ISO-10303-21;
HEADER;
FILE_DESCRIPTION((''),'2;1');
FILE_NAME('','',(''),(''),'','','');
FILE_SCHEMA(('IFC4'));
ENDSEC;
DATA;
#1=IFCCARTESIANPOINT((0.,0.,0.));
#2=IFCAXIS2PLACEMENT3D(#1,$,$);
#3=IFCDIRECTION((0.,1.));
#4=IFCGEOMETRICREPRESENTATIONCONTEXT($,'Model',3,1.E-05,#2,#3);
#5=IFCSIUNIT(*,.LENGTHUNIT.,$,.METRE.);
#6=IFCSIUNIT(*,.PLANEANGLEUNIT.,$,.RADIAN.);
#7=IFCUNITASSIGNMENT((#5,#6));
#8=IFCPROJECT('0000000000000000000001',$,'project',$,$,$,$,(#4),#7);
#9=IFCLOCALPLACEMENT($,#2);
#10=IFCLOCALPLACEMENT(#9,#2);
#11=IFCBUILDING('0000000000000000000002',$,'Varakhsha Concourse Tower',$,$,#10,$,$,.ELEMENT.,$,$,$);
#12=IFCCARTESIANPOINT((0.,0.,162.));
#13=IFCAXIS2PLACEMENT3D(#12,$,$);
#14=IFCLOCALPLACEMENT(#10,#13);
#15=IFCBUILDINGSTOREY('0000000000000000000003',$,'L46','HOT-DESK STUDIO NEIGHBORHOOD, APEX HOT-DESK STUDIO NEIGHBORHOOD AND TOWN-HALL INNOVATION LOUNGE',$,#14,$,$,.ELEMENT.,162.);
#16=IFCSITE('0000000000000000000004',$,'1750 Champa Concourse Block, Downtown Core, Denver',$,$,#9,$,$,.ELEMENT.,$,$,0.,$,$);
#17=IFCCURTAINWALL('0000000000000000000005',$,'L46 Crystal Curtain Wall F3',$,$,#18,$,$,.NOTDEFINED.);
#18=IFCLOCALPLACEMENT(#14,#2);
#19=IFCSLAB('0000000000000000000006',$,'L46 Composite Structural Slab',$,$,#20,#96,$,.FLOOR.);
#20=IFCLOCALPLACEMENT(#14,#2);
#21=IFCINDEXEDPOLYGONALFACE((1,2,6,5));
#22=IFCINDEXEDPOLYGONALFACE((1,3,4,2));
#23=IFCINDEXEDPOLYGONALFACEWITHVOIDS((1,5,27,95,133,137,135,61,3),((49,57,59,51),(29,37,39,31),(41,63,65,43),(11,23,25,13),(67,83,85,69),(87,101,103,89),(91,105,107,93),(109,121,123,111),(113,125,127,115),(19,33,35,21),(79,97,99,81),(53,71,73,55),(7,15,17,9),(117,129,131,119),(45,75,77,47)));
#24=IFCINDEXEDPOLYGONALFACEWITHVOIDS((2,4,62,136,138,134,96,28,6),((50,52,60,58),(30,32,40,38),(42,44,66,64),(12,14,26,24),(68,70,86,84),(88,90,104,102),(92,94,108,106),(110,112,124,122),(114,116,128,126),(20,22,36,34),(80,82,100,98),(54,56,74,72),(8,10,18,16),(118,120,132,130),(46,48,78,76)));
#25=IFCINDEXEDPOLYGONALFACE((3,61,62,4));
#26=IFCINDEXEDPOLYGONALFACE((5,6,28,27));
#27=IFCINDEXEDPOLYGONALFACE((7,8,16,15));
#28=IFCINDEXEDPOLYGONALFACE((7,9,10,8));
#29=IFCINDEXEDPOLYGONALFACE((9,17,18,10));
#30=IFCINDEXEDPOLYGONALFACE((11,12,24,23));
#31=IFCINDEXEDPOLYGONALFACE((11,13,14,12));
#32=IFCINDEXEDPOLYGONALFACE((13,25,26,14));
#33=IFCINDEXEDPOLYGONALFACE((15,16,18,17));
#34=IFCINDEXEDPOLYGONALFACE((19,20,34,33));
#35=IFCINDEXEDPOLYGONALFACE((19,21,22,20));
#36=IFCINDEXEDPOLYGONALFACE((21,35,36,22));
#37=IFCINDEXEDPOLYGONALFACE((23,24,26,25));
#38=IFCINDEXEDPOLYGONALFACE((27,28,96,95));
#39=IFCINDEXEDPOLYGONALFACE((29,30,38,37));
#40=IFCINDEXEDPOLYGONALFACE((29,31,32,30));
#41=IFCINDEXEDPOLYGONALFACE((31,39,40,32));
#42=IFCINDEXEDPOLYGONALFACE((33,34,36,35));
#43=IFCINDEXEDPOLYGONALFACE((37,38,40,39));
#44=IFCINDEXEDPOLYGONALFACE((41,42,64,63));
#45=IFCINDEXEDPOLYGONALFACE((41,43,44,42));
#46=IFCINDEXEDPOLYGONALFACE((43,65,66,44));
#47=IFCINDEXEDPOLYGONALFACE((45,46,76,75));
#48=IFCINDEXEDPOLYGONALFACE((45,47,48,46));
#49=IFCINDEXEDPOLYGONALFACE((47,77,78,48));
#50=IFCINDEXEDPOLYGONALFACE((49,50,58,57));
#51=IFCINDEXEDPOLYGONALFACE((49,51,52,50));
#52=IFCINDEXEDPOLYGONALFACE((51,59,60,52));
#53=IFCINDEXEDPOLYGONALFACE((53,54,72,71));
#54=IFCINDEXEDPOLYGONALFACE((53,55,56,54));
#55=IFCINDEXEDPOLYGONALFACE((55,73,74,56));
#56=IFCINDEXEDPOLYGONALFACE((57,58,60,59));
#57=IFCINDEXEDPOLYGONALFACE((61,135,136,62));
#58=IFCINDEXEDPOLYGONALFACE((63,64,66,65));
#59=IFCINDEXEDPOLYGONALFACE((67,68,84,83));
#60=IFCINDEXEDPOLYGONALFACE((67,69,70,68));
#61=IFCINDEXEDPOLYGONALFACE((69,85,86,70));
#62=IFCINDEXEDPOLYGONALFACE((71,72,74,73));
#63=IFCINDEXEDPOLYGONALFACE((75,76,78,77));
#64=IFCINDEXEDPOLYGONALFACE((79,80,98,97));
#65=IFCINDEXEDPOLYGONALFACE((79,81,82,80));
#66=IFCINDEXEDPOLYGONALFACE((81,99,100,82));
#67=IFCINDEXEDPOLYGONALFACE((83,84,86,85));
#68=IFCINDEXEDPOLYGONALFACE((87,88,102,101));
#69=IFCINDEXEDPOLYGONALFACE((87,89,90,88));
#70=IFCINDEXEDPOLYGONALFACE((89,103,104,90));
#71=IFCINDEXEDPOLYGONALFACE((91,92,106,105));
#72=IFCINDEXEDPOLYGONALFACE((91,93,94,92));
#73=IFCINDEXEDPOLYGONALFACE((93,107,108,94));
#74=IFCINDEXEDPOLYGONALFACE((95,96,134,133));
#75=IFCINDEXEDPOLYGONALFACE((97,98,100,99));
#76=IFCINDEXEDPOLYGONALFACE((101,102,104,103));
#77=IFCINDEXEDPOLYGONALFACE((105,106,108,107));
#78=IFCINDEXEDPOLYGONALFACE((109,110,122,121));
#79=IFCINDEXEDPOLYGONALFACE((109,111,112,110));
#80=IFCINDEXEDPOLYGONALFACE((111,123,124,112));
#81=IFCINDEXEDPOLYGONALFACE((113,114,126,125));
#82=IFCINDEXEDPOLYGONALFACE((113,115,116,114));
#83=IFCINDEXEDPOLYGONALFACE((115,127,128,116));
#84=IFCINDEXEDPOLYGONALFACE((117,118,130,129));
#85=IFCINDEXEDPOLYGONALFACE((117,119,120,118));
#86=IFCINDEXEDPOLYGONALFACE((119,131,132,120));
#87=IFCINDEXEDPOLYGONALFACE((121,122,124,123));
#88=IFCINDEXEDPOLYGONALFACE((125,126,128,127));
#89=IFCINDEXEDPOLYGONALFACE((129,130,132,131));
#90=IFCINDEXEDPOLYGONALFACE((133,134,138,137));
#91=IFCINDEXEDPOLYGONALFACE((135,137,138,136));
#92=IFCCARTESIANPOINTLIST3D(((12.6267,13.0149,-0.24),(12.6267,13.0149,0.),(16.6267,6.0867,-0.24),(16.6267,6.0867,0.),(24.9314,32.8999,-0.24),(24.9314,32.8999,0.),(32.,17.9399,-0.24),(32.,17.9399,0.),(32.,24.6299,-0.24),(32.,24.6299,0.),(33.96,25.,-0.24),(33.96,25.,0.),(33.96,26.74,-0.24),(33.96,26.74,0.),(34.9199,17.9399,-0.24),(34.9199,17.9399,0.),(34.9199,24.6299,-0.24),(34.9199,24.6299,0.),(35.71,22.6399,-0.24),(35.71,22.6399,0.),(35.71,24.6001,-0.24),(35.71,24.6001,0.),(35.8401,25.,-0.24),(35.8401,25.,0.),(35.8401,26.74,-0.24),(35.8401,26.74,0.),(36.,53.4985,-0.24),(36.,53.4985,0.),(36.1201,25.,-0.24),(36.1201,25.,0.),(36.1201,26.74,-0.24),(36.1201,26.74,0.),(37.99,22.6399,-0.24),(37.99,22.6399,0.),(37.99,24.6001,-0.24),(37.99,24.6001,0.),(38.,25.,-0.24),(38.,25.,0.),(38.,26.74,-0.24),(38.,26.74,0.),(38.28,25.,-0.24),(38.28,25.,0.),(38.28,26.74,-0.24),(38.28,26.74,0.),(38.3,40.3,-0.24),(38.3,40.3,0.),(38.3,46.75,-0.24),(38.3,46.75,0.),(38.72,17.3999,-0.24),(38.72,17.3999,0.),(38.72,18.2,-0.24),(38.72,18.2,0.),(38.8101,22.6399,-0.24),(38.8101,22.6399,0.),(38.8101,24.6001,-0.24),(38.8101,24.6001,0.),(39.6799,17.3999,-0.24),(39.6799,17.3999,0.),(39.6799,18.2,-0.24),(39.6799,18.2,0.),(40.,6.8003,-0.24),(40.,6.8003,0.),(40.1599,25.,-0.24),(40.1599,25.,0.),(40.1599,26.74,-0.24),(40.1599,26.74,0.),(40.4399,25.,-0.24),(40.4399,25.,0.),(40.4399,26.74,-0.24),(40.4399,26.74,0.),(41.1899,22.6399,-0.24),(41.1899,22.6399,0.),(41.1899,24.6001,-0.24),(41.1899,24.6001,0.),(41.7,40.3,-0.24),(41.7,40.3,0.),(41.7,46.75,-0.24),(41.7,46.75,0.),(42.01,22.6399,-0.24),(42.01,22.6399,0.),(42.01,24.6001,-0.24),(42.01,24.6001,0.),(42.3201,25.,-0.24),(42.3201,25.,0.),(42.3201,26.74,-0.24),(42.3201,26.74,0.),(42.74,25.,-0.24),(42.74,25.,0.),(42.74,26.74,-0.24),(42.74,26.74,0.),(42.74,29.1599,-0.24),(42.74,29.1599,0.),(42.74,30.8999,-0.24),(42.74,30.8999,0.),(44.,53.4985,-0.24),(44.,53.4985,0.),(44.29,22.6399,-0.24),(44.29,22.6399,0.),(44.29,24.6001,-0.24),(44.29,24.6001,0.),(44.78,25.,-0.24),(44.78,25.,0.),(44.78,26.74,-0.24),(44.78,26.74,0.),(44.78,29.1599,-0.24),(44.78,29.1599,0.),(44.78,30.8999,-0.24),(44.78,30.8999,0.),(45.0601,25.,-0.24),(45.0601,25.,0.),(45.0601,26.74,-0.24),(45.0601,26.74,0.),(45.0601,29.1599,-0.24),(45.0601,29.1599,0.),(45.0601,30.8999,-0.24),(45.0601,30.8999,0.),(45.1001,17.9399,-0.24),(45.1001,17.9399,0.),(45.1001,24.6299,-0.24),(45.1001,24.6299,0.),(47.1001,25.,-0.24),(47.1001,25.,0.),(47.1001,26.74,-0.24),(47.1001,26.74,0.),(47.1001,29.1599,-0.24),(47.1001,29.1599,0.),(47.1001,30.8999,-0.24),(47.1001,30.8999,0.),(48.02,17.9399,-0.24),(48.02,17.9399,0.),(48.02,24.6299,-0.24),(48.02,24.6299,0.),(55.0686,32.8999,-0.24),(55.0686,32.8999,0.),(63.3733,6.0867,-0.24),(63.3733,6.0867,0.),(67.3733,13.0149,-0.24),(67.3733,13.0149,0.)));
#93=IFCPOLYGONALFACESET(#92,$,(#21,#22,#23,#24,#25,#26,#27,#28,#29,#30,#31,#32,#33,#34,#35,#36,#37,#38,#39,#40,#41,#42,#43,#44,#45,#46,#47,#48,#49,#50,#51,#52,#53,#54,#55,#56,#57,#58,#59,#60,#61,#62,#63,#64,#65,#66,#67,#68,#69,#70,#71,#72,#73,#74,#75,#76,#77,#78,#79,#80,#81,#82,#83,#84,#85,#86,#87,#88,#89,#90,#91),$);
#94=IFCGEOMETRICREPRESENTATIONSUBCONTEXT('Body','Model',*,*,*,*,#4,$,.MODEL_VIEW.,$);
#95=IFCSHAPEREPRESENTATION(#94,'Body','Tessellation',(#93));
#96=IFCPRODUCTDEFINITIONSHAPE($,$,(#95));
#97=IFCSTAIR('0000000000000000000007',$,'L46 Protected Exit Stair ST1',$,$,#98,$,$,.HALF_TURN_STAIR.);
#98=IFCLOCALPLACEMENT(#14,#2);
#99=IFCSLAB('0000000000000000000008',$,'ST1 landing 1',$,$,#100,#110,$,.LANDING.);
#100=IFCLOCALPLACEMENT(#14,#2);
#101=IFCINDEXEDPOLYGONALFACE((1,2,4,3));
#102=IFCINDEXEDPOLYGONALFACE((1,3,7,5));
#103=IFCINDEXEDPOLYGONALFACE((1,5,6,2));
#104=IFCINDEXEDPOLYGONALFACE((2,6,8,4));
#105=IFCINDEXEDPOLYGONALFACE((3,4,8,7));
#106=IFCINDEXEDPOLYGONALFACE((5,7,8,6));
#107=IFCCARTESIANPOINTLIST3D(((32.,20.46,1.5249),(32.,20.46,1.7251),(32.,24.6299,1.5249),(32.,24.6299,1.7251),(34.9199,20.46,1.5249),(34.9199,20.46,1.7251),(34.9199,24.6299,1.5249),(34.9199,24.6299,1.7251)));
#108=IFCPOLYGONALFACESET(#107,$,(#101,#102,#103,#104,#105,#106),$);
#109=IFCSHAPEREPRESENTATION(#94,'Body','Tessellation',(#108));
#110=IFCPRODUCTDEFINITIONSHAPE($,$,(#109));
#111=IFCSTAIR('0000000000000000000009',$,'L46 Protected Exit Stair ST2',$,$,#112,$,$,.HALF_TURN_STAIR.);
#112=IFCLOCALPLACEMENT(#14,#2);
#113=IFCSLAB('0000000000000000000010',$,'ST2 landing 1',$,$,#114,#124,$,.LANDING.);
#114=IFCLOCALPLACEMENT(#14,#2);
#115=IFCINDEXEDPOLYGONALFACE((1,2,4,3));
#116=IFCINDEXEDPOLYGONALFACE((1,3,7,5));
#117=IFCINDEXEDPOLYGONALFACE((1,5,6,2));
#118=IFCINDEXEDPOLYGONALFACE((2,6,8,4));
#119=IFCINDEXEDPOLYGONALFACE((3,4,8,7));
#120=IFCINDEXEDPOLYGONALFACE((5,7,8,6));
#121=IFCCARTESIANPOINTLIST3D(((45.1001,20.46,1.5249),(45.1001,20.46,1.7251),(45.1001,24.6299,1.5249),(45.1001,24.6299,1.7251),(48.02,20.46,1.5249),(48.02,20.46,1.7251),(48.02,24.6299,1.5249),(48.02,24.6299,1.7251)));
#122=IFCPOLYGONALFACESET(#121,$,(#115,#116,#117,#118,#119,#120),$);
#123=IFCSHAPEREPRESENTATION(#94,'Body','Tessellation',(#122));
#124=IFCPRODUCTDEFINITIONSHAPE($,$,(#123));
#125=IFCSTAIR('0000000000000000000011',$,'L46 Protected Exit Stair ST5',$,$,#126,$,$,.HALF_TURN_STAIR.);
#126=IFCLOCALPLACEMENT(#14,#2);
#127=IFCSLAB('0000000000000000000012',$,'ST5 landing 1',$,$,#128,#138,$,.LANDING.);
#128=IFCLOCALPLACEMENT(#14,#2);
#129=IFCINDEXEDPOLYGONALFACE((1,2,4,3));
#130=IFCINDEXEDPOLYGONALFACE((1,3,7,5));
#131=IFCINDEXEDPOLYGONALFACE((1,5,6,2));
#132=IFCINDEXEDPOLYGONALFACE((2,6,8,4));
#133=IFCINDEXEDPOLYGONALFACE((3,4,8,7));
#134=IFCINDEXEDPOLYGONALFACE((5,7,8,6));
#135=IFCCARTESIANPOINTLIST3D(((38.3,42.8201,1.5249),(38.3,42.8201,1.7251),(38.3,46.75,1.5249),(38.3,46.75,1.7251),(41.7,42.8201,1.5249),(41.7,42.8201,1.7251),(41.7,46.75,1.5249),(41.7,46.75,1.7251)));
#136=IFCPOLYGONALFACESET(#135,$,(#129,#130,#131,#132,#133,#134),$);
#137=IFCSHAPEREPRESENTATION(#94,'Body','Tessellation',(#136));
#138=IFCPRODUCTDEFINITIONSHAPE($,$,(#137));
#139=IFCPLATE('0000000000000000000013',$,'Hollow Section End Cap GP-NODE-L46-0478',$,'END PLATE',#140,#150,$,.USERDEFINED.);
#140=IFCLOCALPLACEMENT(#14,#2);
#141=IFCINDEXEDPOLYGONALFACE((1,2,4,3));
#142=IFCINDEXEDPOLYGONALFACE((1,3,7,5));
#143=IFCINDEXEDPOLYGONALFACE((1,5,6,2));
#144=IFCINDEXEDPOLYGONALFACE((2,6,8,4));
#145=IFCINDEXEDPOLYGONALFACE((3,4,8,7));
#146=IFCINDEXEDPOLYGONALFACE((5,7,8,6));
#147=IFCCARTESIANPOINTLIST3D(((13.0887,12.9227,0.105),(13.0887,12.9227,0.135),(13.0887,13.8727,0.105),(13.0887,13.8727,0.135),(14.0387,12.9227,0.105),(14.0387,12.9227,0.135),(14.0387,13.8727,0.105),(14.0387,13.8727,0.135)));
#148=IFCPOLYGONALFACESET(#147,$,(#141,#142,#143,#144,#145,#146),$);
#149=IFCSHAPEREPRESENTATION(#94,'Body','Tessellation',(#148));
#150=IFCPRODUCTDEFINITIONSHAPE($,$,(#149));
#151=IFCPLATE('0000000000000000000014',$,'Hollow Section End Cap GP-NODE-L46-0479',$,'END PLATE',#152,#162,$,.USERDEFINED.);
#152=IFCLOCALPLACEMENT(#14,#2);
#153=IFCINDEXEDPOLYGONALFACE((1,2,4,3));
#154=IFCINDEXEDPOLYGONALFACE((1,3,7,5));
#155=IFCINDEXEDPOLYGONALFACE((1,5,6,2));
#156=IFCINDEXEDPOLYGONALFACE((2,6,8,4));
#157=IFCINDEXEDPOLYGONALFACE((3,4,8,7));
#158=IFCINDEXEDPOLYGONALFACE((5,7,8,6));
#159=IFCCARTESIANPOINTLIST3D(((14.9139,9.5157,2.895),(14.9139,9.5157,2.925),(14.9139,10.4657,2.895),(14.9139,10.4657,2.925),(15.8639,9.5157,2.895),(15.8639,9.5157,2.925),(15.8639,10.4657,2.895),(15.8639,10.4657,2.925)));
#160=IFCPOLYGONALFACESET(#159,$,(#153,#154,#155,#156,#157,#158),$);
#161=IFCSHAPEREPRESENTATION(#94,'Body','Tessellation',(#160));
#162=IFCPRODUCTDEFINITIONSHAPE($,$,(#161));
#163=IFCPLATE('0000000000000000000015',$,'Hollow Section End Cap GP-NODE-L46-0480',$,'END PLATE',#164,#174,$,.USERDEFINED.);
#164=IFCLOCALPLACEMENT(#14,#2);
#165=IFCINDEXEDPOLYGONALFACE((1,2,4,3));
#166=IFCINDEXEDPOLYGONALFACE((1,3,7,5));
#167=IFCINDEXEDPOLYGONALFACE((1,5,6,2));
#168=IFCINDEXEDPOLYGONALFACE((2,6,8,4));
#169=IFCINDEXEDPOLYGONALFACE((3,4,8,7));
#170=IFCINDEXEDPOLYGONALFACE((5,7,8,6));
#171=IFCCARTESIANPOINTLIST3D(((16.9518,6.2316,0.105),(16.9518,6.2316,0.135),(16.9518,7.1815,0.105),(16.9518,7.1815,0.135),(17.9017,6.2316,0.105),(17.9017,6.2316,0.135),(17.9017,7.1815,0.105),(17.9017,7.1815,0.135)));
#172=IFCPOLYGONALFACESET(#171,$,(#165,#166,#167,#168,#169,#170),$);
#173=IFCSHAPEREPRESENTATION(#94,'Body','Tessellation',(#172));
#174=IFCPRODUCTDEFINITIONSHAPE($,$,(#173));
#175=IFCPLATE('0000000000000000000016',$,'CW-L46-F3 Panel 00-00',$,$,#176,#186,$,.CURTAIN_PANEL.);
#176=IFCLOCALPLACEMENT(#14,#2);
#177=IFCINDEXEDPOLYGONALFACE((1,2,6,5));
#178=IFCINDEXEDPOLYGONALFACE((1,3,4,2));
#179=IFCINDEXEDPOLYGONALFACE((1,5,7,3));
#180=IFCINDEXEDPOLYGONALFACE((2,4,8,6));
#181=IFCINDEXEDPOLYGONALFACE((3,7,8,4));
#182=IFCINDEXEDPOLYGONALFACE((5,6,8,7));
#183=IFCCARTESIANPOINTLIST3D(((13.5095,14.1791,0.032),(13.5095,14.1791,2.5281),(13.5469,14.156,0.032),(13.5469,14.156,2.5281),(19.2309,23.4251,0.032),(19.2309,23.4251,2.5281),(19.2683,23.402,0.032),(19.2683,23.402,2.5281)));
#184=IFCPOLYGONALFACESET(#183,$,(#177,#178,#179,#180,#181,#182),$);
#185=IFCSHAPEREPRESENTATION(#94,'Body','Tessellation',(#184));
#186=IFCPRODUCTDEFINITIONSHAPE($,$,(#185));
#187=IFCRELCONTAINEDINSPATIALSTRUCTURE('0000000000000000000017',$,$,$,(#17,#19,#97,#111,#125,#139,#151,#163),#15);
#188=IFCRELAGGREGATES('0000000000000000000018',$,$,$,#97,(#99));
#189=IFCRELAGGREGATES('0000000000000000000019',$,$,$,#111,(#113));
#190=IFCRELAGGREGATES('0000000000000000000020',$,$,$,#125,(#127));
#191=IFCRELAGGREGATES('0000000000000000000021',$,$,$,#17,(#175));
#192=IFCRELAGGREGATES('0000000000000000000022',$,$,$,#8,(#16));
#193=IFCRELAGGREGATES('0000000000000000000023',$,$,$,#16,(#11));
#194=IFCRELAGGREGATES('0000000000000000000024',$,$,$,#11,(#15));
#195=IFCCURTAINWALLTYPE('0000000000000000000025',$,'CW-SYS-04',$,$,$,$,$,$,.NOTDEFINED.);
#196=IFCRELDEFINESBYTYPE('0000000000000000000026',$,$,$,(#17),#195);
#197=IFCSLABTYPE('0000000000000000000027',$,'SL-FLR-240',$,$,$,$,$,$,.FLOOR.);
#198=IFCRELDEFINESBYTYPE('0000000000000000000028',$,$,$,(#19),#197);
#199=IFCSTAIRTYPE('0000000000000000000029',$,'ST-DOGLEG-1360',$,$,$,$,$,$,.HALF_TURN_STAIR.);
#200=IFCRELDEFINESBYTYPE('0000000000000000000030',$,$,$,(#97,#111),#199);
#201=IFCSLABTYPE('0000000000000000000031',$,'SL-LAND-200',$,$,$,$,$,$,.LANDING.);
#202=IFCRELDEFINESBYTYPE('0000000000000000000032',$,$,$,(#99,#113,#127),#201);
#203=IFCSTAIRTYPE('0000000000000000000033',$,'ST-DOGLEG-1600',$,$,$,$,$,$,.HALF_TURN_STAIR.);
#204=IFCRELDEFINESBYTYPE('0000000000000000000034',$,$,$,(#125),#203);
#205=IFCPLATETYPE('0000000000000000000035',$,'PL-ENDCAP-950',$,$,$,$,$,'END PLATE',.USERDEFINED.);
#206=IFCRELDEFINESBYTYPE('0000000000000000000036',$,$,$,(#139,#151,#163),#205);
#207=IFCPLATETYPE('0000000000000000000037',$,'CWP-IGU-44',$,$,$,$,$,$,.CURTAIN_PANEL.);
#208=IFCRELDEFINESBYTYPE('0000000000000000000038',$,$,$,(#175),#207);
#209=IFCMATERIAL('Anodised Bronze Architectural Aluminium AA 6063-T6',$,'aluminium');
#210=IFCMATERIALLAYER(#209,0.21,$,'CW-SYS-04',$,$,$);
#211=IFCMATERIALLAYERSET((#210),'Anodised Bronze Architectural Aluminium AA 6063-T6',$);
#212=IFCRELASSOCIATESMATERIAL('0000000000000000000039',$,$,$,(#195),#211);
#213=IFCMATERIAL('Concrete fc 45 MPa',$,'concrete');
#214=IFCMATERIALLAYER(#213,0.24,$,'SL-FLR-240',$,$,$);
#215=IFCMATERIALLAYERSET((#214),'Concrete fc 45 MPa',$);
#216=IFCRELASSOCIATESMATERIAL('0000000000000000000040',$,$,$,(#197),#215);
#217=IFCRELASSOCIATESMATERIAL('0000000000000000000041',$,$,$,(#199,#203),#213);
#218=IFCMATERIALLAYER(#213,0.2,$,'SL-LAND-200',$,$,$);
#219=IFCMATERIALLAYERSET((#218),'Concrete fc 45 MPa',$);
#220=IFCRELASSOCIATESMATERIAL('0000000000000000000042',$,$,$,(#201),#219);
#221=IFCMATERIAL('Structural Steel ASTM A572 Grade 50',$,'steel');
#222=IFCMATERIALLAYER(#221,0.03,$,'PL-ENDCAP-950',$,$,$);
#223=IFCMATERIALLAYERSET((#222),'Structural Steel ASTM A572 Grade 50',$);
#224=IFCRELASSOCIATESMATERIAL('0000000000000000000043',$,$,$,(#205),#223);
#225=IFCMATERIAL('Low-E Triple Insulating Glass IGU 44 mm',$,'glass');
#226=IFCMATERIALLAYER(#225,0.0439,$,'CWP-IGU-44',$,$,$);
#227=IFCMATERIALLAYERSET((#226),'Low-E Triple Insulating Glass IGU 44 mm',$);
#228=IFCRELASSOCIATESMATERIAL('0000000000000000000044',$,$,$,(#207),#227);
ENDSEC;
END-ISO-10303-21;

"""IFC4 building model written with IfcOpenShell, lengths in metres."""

from ifc_helpers import new_model, si_unit, direction, frame, origin, origin_2d, place, context, subcontext, project, spatial, polyline, rectangle, outline, extrude, source, transform, mapped, material, layer, layer_set, type_object, type_shapes, element, aggregate, save


model = new_model("IFC4")

# Units and contexts
model_context = context("Model", 3, precision=1e-05, world=origin(), true_north=direction((0.0, 1.0)))
body_context = subcontext(model_context, "Body", "Model", "MODEL_VIEW")
ifc_project = project(units=[si_unit("LENGTHUNIT", "METRE"), si_unit("PLANEANGLEUNIT", "RADIAN")], contexts=[model_context])

# Site, building, storey
site_placement = place(None, origin())
site = spatial("IfcSite", under=ifc_project, at=site_placement, Name="1750 Champa Concourse Block, Downtown Core, Denver", CompositionType="ELEMENT", RefElevation=0.0)
building_placement = place(site_placement, origin())
building = spatial("IfcBuilding", under=site, at=building_placement, Name="Varakhsha Concourse Tower", CompositionType="ELEMENT")
storey_placement = place(building_placement, frame((0.0, 0.0, 162.0)))
storey = spatial("IfcBuildingStorey", under=building, at=storey_placement, Name="L46", Description="HOT-DESK STUDIO NEIGHBORHOOD, APEX HOT-DESK STUDIO NEIGHBORHOOD AND TOWN-HALL INNOVATION LOUNGE", CompositionType="ELEMENT", Elevation=162.0)

# Shared definitions
ifc_material_1 = material(Name="Structural Steel ASTM A572 Grade 50", Category="steel")

# Curtain wall
ifc_material_2 = material(Name="Anodised Bronze Architectural Aluminium AA 6063-T6", Category="aluminium")
ifc_layer_1 = layer(ifc_material_2, 0.21, Name="CW-SYS-04")
ifc_layer_set_1 = layer_set([ifc_layer_1], Name="Anodised Bronze Architectural Aluminium AA 6063-T6")
curtain_wall_type = type_object("IfcCurtainWallType", Name="CW-SYS-04", PredefinedType="NOTDEFINED", material=ifc_layer_set_1)
curtain_wall_1_placement = place(storey_placement, origin())
curtain_wall_1 = element("IfcCurtainWall", 1, at=curtain_wall_1_placement, inside=storey, type_object=curtain_wall_type, Name="L46 Crystal Curtain Wall F3", PredefinedType="NOTDEFINED")

# Slab
ifc_material_3 = material(Name="Concrete fc 45 MPa", Category="concrete")
ifc_layer_2 = layer(ifc_material_3, 0.24, Name="SL-FLR-240")
ifc_layer_set_2 = layer_set([ifc_layer_2], Name="Concrete fc 45 MPa")
slab_type_1 = type_object("IfcSlabType", Name="SL-FLR-240", PredefinedType="FLOOR", material=ifc_layer_set_2)
slab_1_placement = place(storey_placement, frame((0.0, 0.0, -0.24)))
element("IfcSlab", 2, at=slab_1_placement, inside=storey, type_object=slab_type_1, Name="L46 Composite Structural Slab", PredefinedType="FLOOR", context=body_context, shape_type="SweptSolid", body=[
    extrude(outline(polyline([(44.0, 53.4985), (36.0, 53.4985), (24.9314, 32.8999), (12.6267, 13.0149), (16.6267, 6.0867), (40.0, 6.8003), (63.3733, 6.0867), (67.3733, 13.0149), (55.0686, 32.8999), (44.0, 53.4985)]), holes=[polyline([(34.9199, 17.9399), (34.9199, 24.6299), (32.0, 24.6299), (32.0, 17.9399), (34.9199, 17.9399)]), polyline([(48.02, 17.9399), (48.02, 24.6299), (45.1001, 24.6299), (45.1001, 17.9399), (48.02, 17.9399)]), polyline([(41.7, 40.3), (41.7, 46.75), (38.3, 46.75), (38.3, 40.3), (41.7, 40.3)]), polyline([(33.96, 25.0), (35.8401, 25.0), (35.8401, 26.74), (33.96, 26.74), (33.96, 25.0)]), polyline([(36.1201, 25.0), (38.0, 25.0), (38.0, 26.74), (36.1201, 26.74), (36.1201, 25.0)]), polyline([(38.28, 25.0), (40.1599, 25.0), (40.1599, 26.74), (38.28, 26.74), (38.28, 25.0)]), polyline([(40.4399, 25.0), (42.3201, 25.0), (42.3201, 26.74), (40.4399, 26.74), (40.4399, 25.0)]), polyline([(42.74, 29.1599), (44.78, 29.1599), (44.78, 30.8999), (42.74, 30.8999), (42.74, 29.1599)]), polyline([(45.0601, 29.1599), (47.1001, 29.1599), (47.1001, 30.8999), (45.0601, 30.8999), (45.0601, 29.1599)]), polyline([(42.74, 25.0), (44.78, 25.0), (44.78, 26.74), (42.74, 26.74), (42.74, 25.0)]), polyline([(45.0601, 25.0), (47.1001, 25.0), (47.1001, 26.74), (45.0601, 26.74), (45.0601, 25.0)]), polyline([(35.71, 22.6399), (37.99, 22.6399), (37.99, 24.6001), (35.71, 24.6001), (35.71, 22.6399)]), polyline([(42.01, 22.6399), (44.29, 22.6399), (44.29, 24.6001), (42.01, 24.6001), (42.01, 22.6399)]), polyline([(38.8101, 22.6399), (41.1899, 22.6399), (41.1899, 24.6001), (38.8101, 24.6001), (38.8101, 22.6399)]), polyline([(38.72, 17.3999), (39.6799, 17.3999), (39.6799, 18.2), (38.72, 18.2), (38.72, 17.3999)])]), origin(), (0.0, 0.0, 1.0), 0.24),
])

# Stairs, slabs
stair_type_1 = type_object("IfcStairType", Name="ST-DOGLEG-1360", PredefinedType="HALF_TURN_STAIR", material=ifc_material_3)
stair_1_placement = place(storey_placement, origin())
stair_1 = element("IfcStair", 3, at=stair_1_placement, inside=storey, type_object=stair_type_1, Name="L46 Protected Exit Stair ST1", PredefinedType="HALF_TURN_STAIR")
ifc_layer_3 = layer(ifc_material_3, 0.2, Name="SL-LAND-200")
ifc_layer_set_3 = layer_set([ifc_layer_3], Name="Concrete fc 45 MPa")
slab_type_2 = type_object("IfcSlabType", Name="SL-LAND-200", PredefinedType="LANDING", material=ifc_layer_set_3)
slab_2_placement = place(storey_placement, frame((0.0, 0.0, 1.5249)))
slab_2 = element("IfcSlab", 4, at=slab_2_placement, type_object=slab_type_2, Name="ST1 landing 1", PredefinedType="LANDING", context=body_context, shape_type="SweptSolid", body=[
    extrude(outline(polyline([(34.9199, 20.46), (34.9199, 24.6299), (32.0, 24.6299), (32.0, 20.46), (34.9199, 20.46)])), origin(), (0.0, 0.0, 1.0), 0.2002),
])
aggregate(stair_1, [slab_2])
stair_2_placement = place(storey_placement, origin())
stair_2 = element("IfcStair", 5, at=stair_2_placement, inside=storey, type_object=stair_type_1, Name="L46 Protected Exit Stair ST2", PredefinedType="HALF_TURN_STAIR")
slab_3_placement = place(storey_placement, frame((0.0, 0.0, 1.5249)))
slab_3 = element("IfcSlab", 6, at=slab_3_placement, type_object=slab_type_2, Name="ST2 landing 1", PredefinedType="LANDING", context=body_context, shape_type="SweptSolid", body=[
    extrude(outline(polyline([(48.02, 20.46), (48.02, 24.6299), (45.1001, 24.6299), (45.1001, 20.46), (48.02, 20.46)])), origin(), (0.0, 0.0, 1.0), 0.2002),
])
aggregate(stair_2, [slab_3])
stair_type_2 = type_object("IfcStairType", Name="ST-DOGLEG-1600", PredefinedType="HALF_TURN_STAIR", material=ifc_material_3)
stair_3_placement = place(storey_placement, origin())
stair_3 = element("IfcStair", 7, at=stair_3_placement, inside=storey, type_object=stair_type_2, Name="L46 Protected Exit Stair ST5", PredefinedType="HALF_TURN_STAIR")
slab_4_placement = place(storey_placement, frame((0.0, 0.0, 1.5249)))
slab_4 = element("IfcSlab", 8, at=slab_4_placement, type_object=slab_type_2, Name="ST5 landing 1", PredefinedType="LANDING", context=body_context, shape_type="SweptSolid", body=[
    extrude(outline(polyline([(41.7, 42.8201), (41.7, 46.75), (38.3, 46.75), (38.3, 42.8201), (41.7, 42.8201)])), origin(), (0.0, 0.0, 1.0), 0.2002),
])
aggregate(stair_3, [slab_4])

# Plates
ifc_layer_4 = layer(ifc_material_1, 0.03, Name="PL-ENDCAP-950")
ifc_layer_set_4 = layer_set([ifc_layer_4], Name="Structural Steel ASTM A572 Grade 50")
plate_type_1 = type_object("IfcPlateType", Name="PL-ENDCAP-950", ElementType="END PLATE", PredefinedType="USERDEFINED", material=ifc_layer_set_4)
shared_shape_1 = source(origin(), body_context, "Body", "SweptSolid", [
    extrude(rectangle(XDim=0.95, YDim=0.95, at=origin_2d()), origin(), (0.0, 0.0, 1.0), 0.03),
])
type_shapes(plate_type_1, [shared_shape_1])
for number, where, z_axis, x_axis, name in (
    (9, (13.5637, 13.3977, 0.105), (0.0, 0.0, 1.0), (1.0, 0.0, 0.0), "Hollow Section End Cap GP-NODE-L46-0478"),
    (10, (15.3889, 9.9907, 2.895), (0.0, 0.0, 1.0), (1.0, 0.0, 0.0), "Hollow Section End Cap GP-NODE-L46-0479"),
    (11, (17.4268, 6.7065, 0.105), (0.0, 0.0, 1.0), (1.0, 0.0, 0.0), "Hollow Section End Cap GP-NODE-L46-0480"),
):
    element("IfcPlate", number, at=place(storey_placement, frame(where, z_axis=z_axis, x_axis=x_axis)), inside=storey, type_object=plate_type_1, Name=name, ObjectType="END PLATE", PredefinedType="USERDEFINED", context=body_context, shape_type="MappedRepresentation", body=[
        mapped(shared_shape_1, transform((0.0, 0.0, 0.0), scale=1.0)),
    ])

# Plate
ifc_material_4 = material(Name="Low-E Triple Insulating Glass IGU 44 mm", Category="glass")
ifc_layer_5 = layer(ifc_material_4, 0.0439, Name="CWP-IGU-44")
ifc_layer_set_5 = layer_set([ifc_layer_5], Name="Low-E Triple Insulating Glass IGU 44 mm")
plate_type_2 = type_object("IfcPlateType", Name="CWP-IGU-44", PredefinedType="CURTAIN_PANEL", material=ifc_layer_set_5)
shared_shape_2 = source(origin(), body_context, "Body", "SweptSolid", [
    extrude(rectangle(XDim=10.873, YDim=0.0439, at=origin_2d()), origin(), (0.0, 0.0, 1.0), 2.4961),
])
type_shapes(plate_type_2, [shared_shape_2])
plate_1_placement = place(storey_placement, frame((16.3889, 18.7905, 0.032), z_axis=(0.0, 0.0, 1.0), x_axis=(0.526199, 0.850361, 0.0)))
plate_1 = element("IfcPlate", 12, at=plate_1_placement, type_object=plate_type_2, Name="CW-L46-F3 Panel 00-00", PredefinedType="CURTAIN_PANEL", context=body_context, shape_type="MappedRepresentation", body=[
    mapped(shared_shape_2, transform((0.0, 0.0, 0.0), scale=1.0)),
])
aggregate(curtain_wall_1, [plate_1])

save(model, "model.ifc")
